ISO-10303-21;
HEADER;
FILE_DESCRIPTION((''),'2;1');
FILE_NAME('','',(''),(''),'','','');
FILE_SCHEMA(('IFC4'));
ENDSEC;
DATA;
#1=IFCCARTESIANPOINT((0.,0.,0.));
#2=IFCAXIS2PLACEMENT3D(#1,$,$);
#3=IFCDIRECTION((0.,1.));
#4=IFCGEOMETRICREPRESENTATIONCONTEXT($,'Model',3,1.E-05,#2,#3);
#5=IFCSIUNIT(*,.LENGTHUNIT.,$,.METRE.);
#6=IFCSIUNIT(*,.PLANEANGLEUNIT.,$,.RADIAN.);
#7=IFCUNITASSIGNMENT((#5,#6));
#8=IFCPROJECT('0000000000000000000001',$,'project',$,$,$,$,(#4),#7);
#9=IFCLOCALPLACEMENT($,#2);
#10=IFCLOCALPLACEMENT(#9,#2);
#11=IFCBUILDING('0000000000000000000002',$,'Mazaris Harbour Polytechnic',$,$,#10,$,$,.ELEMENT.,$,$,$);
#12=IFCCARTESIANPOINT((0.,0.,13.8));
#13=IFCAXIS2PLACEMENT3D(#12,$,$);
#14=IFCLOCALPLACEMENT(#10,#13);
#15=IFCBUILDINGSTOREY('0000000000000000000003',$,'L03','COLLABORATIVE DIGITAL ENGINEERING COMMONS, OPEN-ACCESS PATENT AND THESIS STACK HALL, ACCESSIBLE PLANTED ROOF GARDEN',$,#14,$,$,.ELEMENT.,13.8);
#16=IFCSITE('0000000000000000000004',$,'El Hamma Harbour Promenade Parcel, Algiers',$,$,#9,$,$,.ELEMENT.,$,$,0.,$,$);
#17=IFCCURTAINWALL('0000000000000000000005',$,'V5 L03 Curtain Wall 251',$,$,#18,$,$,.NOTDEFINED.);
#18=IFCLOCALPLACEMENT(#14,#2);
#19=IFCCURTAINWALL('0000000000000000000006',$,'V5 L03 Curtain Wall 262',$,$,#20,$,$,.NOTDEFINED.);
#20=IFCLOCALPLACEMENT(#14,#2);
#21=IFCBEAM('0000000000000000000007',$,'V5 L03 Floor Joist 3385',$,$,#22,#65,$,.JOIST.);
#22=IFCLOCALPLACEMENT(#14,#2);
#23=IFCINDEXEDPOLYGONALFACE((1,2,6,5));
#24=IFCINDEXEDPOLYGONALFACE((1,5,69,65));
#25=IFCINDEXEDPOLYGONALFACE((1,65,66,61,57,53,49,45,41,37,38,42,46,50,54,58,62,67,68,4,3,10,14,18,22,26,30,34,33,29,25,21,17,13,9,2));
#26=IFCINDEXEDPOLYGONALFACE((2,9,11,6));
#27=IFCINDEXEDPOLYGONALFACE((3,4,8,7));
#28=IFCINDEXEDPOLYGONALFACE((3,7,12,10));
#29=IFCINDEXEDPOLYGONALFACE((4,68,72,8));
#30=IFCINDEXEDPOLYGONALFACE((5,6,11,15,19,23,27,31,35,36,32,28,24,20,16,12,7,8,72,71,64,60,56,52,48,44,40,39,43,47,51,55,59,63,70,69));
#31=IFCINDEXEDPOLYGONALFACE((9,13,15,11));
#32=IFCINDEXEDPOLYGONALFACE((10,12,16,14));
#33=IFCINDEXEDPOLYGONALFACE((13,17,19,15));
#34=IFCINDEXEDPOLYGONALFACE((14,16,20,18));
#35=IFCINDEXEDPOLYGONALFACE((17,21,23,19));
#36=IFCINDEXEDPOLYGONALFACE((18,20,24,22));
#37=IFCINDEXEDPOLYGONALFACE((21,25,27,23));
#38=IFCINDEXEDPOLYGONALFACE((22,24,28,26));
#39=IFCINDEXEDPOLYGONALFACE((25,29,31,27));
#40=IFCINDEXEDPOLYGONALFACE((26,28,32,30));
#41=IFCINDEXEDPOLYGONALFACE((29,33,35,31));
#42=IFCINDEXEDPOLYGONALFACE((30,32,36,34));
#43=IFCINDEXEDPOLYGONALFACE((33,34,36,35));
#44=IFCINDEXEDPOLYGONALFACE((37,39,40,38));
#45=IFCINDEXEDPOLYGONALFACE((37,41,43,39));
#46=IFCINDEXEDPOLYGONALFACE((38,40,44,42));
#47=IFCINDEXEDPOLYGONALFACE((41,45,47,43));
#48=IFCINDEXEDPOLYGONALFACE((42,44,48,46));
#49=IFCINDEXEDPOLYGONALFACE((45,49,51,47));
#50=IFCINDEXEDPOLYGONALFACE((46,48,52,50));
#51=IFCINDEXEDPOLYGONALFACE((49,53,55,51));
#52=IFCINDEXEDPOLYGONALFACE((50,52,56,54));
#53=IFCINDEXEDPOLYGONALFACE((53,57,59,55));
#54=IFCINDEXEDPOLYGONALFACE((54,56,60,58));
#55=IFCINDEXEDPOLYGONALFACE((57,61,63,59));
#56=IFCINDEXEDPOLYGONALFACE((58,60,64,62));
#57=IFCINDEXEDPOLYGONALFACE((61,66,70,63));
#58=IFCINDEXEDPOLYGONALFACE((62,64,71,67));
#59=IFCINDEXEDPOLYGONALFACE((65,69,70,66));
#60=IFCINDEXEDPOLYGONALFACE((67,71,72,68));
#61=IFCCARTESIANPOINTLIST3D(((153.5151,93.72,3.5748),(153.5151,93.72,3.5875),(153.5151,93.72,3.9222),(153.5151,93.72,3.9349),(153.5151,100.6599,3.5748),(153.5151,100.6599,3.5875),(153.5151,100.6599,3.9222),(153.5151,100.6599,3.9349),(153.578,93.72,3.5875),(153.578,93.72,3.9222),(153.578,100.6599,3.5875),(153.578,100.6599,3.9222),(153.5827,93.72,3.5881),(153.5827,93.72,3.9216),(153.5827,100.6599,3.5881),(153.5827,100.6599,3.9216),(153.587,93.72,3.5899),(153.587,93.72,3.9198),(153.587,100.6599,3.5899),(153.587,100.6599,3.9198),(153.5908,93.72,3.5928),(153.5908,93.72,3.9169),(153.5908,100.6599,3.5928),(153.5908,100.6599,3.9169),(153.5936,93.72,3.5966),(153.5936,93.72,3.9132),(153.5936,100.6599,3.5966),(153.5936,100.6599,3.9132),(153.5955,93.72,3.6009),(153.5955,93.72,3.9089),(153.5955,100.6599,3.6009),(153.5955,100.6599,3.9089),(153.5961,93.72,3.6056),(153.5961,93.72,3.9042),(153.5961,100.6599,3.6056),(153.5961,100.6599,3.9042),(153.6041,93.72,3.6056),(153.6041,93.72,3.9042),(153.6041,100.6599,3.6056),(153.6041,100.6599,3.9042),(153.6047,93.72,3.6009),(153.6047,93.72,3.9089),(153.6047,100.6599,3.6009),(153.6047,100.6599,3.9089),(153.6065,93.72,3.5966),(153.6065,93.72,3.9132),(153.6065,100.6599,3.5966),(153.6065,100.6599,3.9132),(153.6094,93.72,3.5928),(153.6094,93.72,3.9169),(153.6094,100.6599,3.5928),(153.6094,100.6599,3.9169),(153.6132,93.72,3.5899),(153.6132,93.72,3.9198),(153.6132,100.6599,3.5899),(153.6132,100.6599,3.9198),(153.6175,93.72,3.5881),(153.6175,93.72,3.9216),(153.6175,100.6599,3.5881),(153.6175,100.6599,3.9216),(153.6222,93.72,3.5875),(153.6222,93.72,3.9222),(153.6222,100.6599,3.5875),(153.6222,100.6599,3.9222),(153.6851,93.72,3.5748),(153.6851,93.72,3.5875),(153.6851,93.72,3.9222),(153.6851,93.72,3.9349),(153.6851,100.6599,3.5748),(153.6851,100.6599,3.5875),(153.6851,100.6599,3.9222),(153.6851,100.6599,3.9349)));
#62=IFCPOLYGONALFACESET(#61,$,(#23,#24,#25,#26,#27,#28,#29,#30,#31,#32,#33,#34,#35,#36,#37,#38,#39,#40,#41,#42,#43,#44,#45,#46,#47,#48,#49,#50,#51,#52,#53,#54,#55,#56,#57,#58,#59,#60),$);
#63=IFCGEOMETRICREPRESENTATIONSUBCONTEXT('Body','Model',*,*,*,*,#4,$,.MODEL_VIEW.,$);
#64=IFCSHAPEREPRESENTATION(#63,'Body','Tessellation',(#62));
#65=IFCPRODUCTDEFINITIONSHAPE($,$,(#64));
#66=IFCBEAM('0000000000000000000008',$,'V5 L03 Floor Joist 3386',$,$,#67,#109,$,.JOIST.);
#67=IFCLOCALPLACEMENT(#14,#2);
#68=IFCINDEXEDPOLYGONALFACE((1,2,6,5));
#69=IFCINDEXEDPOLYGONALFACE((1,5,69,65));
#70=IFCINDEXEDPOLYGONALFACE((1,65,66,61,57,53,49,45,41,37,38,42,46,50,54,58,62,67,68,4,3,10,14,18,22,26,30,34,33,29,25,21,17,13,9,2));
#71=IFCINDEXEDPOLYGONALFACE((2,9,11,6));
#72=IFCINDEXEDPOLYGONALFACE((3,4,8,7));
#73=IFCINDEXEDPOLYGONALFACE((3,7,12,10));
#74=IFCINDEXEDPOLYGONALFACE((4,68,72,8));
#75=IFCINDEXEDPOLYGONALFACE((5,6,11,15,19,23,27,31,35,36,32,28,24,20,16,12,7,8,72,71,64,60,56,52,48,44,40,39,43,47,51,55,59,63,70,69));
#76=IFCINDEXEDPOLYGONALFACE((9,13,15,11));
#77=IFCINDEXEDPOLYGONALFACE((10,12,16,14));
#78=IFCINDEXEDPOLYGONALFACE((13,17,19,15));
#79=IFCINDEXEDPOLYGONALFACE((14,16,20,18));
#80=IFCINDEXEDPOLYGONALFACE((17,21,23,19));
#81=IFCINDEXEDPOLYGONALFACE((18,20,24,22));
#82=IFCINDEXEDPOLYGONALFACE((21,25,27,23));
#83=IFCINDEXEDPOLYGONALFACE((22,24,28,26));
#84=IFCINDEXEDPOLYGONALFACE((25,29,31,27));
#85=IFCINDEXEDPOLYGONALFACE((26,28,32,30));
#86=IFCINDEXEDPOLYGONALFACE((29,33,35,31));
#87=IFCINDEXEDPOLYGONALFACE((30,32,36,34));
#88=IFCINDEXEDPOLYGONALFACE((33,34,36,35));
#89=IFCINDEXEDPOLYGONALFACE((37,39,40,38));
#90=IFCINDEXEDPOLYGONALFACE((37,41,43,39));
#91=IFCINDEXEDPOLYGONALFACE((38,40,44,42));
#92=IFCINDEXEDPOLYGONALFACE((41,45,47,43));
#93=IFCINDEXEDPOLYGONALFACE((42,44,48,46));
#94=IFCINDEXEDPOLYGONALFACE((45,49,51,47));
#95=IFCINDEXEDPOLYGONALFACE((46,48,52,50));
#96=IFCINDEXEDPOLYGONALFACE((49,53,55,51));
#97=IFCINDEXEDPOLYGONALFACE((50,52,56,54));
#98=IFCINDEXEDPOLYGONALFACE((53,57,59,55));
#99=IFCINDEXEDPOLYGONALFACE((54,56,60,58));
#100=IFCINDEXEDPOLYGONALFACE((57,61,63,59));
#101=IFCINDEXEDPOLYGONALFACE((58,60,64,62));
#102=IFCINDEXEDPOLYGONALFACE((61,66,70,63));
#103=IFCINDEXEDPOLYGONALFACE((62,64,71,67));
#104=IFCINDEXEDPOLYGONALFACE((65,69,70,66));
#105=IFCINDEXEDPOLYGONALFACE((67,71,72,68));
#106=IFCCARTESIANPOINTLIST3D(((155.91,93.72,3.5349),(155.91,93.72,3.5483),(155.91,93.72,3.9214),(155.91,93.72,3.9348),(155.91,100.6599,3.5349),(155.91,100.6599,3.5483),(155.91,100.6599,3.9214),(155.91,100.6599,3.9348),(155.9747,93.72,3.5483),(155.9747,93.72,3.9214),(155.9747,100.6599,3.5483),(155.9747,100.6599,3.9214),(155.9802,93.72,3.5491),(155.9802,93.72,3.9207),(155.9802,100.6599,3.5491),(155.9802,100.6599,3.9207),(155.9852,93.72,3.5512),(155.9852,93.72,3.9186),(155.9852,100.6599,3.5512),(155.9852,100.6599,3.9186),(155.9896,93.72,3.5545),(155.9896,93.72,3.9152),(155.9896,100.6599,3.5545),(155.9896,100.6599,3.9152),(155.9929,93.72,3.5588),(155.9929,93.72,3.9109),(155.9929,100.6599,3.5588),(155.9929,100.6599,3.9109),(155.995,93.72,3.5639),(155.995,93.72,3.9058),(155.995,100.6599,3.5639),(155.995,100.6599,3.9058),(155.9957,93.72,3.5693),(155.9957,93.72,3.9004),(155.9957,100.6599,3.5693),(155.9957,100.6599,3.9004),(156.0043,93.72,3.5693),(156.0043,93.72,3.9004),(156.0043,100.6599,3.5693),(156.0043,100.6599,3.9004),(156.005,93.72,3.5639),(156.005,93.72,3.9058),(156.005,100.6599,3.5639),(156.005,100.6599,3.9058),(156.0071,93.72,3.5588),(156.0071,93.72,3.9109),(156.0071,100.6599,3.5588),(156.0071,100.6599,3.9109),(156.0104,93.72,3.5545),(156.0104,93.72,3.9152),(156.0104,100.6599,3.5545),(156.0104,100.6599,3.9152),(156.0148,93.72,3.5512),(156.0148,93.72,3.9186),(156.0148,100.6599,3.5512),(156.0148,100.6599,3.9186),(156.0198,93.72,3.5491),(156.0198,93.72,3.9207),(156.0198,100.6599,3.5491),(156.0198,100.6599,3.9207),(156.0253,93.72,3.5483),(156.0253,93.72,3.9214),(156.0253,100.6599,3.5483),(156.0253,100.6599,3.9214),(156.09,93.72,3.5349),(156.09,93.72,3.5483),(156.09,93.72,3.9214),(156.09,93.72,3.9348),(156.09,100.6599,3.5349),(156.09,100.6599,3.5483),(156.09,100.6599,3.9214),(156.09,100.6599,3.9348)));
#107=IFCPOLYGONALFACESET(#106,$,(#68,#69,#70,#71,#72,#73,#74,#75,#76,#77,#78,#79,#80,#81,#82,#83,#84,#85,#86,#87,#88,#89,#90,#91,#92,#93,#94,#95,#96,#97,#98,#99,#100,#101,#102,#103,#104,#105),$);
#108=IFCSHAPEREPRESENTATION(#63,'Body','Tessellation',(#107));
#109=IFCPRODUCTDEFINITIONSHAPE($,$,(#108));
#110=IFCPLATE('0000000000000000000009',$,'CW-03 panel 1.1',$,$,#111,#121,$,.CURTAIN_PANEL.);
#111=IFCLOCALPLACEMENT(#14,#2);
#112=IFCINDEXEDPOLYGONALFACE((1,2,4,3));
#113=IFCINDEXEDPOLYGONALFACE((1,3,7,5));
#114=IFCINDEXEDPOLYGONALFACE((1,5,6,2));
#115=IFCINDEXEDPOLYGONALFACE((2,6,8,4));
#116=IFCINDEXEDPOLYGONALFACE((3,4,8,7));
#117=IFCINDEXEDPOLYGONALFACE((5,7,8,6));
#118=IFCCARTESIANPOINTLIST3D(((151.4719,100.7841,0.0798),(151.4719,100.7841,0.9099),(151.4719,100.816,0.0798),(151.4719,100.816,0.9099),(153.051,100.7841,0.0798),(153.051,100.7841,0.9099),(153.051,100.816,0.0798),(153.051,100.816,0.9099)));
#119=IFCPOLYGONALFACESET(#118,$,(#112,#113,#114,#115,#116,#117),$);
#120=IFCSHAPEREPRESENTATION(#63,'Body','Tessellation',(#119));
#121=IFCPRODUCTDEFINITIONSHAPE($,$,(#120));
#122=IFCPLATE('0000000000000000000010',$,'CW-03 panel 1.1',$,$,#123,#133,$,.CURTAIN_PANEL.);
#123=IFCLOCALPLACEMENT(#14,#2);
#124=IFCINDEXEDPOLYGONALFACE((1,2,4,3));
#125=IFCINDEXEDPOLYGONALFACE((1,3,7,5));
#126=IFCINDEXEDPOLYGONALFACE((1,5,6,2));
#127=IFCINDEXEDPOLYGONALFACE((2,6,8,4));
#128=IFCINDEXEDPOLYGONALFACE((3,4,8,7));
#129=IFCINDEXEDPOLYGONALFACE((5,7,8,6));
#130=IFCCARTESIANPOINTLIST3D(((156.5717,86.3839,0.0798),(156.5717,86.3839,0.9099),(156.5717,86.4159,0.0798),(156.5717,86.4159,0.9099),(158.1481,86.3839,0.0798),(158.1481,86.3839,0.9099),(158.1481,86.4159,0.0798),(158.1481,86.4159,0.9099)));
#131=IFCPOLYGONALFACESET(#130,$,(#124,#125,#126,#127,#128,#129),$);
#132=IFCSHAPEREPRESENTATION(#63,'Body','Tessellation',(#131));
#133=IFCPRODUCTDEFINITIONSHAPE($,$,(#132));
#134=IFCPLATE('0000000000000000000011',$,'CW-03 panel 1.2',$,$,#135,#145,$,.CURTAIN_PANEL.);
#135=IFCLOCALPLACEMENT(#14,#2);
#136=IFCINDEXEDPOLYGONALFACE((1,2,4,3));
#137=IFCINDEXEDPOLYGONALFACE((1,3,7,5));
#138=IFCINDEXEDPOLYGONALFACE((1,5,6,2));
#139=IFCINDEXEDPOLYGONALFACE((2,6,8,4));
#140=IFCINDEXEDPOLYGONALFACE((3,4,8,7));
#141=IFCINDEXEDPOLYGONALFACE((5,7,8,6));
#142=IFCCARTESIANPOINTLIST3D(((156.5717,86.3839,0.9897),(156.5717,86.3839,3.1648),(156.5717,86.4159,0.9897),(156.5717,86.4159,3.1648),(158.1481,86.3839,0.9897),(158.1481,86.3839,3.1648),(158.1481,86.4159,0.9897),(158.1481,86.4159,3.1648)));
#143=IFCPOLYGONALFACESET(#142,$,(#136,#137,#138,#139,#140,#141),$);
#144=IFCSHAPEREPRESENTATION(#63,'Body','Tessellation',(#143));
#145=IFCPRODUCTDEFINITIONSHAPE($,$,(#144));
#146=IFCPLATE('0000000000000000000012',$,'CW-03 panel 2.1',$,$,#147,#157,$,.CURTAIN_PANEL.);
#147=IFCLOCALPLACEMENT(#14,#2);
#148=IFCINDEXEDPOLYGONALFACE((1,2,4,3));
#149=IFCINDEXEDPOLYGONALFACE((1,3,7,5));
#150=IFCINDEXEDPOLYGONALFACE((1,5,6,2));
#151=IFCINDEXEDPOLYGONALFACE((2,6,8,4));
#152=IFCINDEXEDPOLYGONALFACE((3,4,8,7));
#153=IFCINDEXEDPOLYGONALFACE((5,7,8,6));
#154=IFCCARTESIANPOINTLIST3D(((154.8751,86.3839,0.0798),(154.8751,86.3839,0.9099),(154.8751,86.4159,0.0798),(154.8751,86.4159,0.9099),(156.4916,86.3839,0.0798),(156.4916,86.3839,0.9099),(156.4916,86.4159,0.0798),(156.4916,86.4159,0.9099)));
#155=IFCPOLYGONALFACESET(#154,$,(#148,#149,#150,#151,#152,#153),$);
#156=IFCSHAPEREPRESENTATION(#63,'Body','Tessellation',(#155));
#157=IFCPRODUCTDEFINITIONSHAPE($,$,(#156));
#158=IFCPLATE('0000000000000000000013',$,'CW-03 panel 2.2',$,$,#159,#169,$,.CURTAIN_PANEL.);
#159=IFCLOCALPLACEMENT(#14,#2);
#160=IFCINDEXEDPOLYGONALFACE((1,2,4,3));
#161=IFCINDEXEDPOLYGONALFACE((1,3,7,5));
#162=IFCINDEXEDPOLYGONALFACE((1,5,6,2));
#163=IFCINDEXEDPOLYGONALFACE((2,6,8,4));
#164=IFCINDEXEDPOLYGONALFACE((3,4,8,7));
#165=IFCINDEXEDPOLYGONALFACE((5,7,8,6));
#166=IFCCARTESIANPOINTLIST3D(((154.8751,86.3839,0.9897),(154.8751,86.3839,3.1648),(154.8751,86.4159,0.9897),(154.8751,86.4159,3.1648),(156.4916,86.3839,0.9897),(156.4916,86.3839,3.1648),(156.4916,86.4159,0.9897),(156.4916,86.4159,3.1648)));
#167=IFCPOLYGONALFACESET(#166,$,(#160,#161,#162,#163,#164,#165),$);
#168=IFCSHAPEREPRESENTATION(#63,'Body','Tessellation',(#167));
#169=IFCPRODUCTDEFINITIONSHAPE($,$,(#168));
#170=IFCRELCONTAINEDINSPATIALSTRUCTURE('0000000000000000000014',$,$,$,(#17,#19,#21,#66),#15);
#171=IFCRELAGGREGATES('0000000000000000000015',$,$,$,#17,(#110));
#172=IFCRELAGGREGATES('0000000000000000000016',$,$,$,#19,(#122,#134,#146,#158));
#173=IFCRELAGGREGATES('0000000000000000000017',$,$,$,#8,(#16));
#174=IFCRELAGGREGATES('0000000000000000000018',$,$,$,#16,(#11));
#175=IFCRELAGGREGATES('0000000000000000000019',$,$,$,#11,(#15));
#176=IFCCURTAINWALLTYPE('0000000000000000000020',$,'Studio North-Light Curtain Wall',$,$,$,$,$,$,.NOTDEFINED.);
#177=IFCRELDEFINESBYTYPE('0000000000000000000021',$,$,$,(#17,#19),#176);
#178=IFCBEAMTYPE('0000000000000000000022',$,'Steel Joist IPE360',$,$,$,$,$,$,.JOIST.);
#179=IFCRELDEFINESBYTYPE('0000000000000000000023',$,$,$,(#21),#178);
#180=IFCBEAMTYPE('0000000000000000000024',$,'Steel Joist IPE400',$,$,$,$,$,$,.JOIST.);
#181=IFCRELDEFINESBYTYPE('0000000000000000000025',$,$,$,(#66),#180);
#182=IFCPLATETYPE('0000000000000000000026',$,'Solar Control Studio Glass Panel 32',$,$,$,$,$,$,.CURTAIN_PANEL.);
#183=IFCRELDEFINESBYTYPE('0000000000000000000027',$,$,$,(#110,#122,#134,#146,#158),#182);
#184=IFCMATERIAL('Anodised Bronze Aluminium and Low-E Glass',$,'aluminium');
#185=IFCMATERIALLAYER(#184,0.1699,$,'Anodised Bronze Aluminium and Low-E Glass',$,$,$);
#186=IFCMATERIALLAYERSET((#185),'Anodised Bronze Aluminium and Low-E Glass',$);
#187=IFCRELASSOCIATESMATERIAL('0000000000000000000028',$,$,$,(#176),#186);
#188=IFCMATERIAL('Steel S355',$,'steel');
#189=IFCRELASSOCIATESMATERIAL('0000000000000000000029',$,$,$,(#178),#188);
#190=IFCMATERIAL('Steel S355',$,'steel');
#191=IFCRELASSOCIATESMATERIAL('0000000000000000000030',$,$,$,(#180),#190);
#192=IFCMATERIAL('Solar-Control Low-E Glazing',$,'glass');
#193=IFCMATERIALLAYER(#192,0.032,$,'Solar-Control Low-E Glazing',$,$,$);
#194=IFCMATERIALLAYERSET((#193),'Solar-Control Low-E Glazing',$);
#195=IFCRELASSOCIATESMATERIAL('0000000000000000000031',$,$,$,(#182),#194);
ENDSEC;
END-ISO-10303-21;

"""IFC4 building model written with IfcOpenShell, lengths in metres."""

from ifc_helpers import new_model, si_unit, direction, frame, origin, origin_2d, place, context, subcontext, project, spatial, rectangle, i_section, extrude, material, layer, layer_set, material_profile, profile_set, type_object, element, aggregate, save


model = new_model("IFC4")

# Units and contexts
model_context = context("Model", 3, precision=1e-05, world=origin(), true_north=direction((0.0, 1.0)))
body_context = subcontext(model_context, "Body", "Model", "MODEL_VIEW")
ifc_project = project(units=[si_unit("LENGTHUNIT", "METRE"), si_unit("PLANEANGLEUNIT", "RADIAN")], contexts=[model_context])

# Site, building, storey
site_placement = place(None, origin())
site = spatial("IfcSite", under=ifc_project, at=site_placement, Name="El Hamma Harbour Promenade Parcel, Algiers", CompositionType="ELEMENT", RefElevation=0.0)
building_placement = place(site_placement, origin())
building = spatial("IfcBuilding", under=site, at=building_placement, Name="Mazaris Harbour Polytechnic", CompositionType="ELEMENT")
storey_placement = place(building_placement, frame((0.0, 0.0, 13.8)))
storey = spatial("IfcBuildingStorey", under=building, at=storey_placement, Name="L03", Description="COLLABORATIVE DIGITAL ENGINEERING COMMONS, OPEN-ACCESS PATENT AND THESIS STACK HALL, ACCESSIBLE PLANTED ROOF GARDEN", CompositionType="ELEMENT", Elevation=13.8)

# Curtain wall
ifc_material_1 = material(Name="Anodised Bronze Aluminium and Low-E Glass", Category="aluminium")
ifc_layer_1 = layer(ifc_material_1, 0.1699, Name="Anodised Bronze Aluminium and Low-E Glass")
ifc_layer_set_1 = layer_set([ifc_layer_1], Name="Anodised Bronze Aluminium and Low-E Glass")
curtain_wall_type = type_object("IfcCurtainWallType", Name="Studio North-Light Curtain Wall", PredefinedType="NOTDEFINED", material=ifc_layer_set_1)
curtain_wall_1_placement = place(storey_placement, origin())
curtain_wall_1 = element("IfcCurtainWall", 1, at=curtain_wall_1_placement, inside=storey, type_object=curtain_wall_type, Name="V5 L03 Curtain Wall 251", PredefinedType="NOTDEFINED")

# Curtain wall
curtain_wall_2_placement = place(storey_placement, origin())
curtain_wall_2 = element("IfcCurtainWall", 2, at=curtain_wall_2_placement, inside=storey, type_object=curtain_wall_type, Name="V5 L03 Curtain Wall 262", PredefinedType="NOTDEFINED")

# Beams
ifc_material_2 = material(Name="Steel S355", Category="steel")
ifc_material_profile_1 = material_profile(ifc_material_2, i_section(OverallWidth=0.1699, OverallDepth=0.3601, WebThickness=0.0081, FlangeThickness=0.0127, FilletRadius=0.0181, at=origin_2d()), Name="IPE 360")
ifc_profile_set_1 = profile_set([ifc_material_profile_1], Name="Steel S355")
beam_type_1 = type_object("IfcBeamType", Name="Steel Joist IPE360", PredefinedType="JOIST", material=ifc_profile_set_1)
beam_1_placement = place(storey_placement, frame((153.6001, 93.72, 3.7549), z_axis=(0.0, 1.0, 0.0), x_axis=(-1.0, 0.0, 0.0)))
element("IfcBeam", 3, at=beam_1_placement, inside=storey, type_object=beam_type_1, Name="V5 L03 Floor Joist 3385", PredefinedType="JOIST", context=body_context, shape_type="SweptSolid", body=[
    extrude(i_section(OverallWidth=0.1699, OverallDepth=0.3601, WebThickness=0.0081, FlangeThickness=0.0127, FilletRadius=0.0181, at=origin_2d()), origin(), (0.0, 0.0, 1.0), 6.9399),
])
ifc_material_3 = material(Name="Steel S355", Category="steel")
ifc_material_profile_2 = material_profile(ifc_material_3, i_section(OverallWidth=0.1799, OverallDepth=0.3999, WebThickness=0.0085, FlangeThickness=0.0134, FilletRadius=0.021, at=origin_2d()), Name="IPE 400")
ifc_profile_set_2 = profile_set([ifc_material_profile_2], Name="Steel S355")
beam_type_2 = type_object("IfcBeamType", Name="Steel Joist IPE400", PredefinedType="JOIST", material=ifc_profile_set_2)
beam_2_placement = place(storey_placement, frame((156.0, 93.72, 3.7349), z_axis=(0.0, 1.0, 0.0), x_axis=(-1.0, 0.0, 0.0)))
element("IfcBeam", 4, at=beam_2_placement, inside=storey, type_object=beam_type_2, Name="V5 L03 Floor Joist 3386", PredefinedType="JOIST", context=body_context, shape_type="SweptSolid", body=[
    extrude(i_section(OverallWidth=0.1799, OverallDepth=0.3999, WebThickness=0.0085, FlangeThickness=0.0134, FilletRadius=0.021, at=origin_2d()), origin(), (0.0, 0.0, 1.0), 6.9399),
])

# Plates
ifc_material_4 = material(Name="Solar-Control Low-E Glazing", Category="glass")
ifc_layer_2 = layer(ifc_material_4, 0.032, Name="Solar-Control Low-E Glazing")
ifc_layer_set_2 = layer_set([ifc_layer_2], Name="Solar-Control Low-E Glazing")
plate_type = type_object("IfcPlateType", Name="Solar Control Studio Glass Panel 32", PredefinedType="CURTAIN_PANEL", material=ifc_layer_set_2)
plate_1_placement = place(storey_placement, frame((152.2615, 100.8, 0.0798), z_axis=(0.0, 0.0, 1.0), x_axis=(1.0, 0.0, 0.0)))
plate_1 = element("IfcPlate", 5, at=plate_1_placement, type_object=plate_type, Name="CW-03 panel 1.1", PredefinedType="CURTAIN_PANEL", context=body_context, shape_type="SweptSolid", body=[
    extrude(rectangle(XDim=1.5791, YDim=0.032, at=origin_2d()), origin(), (0.0, 0.0, 1.0), 0.8301),
])
aggregate(curtain_wall_1, [plate_1])
plate_2_placement = place(storey_placement, frame((157.3599, 86.3999, 0.0798), z_axis=(0.0, 0.0, 1.0), x_axis=(-1.0, 0.0, 0.0)))
plate_2 = element("IfcPlate", 6, at=plate_2_placement, type_object=plate_type, Name="CW-03 panel 1.1", PredefinedType="CURTAIN_PANEL", context=body_context, shape_type="SweptSolid", body=[
    extrude(rectangle(XDim=1.5764, YDim=0.032, at=origin_2d()), origin(), (0.0, 0.0, 1.0), 0.8301),
])
plate_3_placement = place(storey_placement, frame((157.3599, 86.3999, 0.9897), z_axis=(0.0, 0.0, 1.0), x_axis=(-1.0, 0.0, 0.0)))
plate_3 = element("IfcPlate", 7, at=plate_3_placement, type_object=plate_type, Name="CW-03 panel 1.2", PredefinedType="CURTAIN_PANEL", context=body_context, shape_type="SweptSolid", body=[
    extrude(rectangle(XDim=1.5764, YDim=0.032, at=origin_2d()), origin(), (0.0, 0.0, 1.0), 2.175),
])
plate_4_placement = place(storey_placement, frame((155.6833, 86.3999, 0.0798), z_axis=(0.0, 0.0, 1.0), x_axis=(-1.0, 0.0, 0.0)))
plate_4 = element("IfcPlate", 8, at=plate_4_placement, type_object=plate_type, Name="CW-03 panel 2.1", PredefinedType="CURTAIN_PANEL", context=body_context, shape_type="SweptSolid", body=[
    extrude(rectangle(XDim=1.6165, YDim=0.032, at=origin_2d()), origin(), (0.0, 0.0, 1.0), 0.8301),
])
plate_5_placement = place(storey_placement, frame((155.6833, 86.3999, 0.9897), z_axis=(0.0, 0.0, 1.0), x_axis=(-1.0, 0.0, 0.0)))
plate_5 = element("IfcPlate", 9, at=plate_5_placement, type_object=plate_type, Name="CW-03 panel 2.2", PredefinedType="CURTAIN_PANEL", context=body_context, shape_type="SweptSolid", body=[
    extrude(rectangle(XDim=1.6165, YDim=0.032, at=origin_2d()), origin(), (0.0, 0.0, 1.0), 2.175),
])
aggregate(curtain_wall_2, [plate_2, plate_3, plate_4, plate_5])

save(model, "model.ifc")
